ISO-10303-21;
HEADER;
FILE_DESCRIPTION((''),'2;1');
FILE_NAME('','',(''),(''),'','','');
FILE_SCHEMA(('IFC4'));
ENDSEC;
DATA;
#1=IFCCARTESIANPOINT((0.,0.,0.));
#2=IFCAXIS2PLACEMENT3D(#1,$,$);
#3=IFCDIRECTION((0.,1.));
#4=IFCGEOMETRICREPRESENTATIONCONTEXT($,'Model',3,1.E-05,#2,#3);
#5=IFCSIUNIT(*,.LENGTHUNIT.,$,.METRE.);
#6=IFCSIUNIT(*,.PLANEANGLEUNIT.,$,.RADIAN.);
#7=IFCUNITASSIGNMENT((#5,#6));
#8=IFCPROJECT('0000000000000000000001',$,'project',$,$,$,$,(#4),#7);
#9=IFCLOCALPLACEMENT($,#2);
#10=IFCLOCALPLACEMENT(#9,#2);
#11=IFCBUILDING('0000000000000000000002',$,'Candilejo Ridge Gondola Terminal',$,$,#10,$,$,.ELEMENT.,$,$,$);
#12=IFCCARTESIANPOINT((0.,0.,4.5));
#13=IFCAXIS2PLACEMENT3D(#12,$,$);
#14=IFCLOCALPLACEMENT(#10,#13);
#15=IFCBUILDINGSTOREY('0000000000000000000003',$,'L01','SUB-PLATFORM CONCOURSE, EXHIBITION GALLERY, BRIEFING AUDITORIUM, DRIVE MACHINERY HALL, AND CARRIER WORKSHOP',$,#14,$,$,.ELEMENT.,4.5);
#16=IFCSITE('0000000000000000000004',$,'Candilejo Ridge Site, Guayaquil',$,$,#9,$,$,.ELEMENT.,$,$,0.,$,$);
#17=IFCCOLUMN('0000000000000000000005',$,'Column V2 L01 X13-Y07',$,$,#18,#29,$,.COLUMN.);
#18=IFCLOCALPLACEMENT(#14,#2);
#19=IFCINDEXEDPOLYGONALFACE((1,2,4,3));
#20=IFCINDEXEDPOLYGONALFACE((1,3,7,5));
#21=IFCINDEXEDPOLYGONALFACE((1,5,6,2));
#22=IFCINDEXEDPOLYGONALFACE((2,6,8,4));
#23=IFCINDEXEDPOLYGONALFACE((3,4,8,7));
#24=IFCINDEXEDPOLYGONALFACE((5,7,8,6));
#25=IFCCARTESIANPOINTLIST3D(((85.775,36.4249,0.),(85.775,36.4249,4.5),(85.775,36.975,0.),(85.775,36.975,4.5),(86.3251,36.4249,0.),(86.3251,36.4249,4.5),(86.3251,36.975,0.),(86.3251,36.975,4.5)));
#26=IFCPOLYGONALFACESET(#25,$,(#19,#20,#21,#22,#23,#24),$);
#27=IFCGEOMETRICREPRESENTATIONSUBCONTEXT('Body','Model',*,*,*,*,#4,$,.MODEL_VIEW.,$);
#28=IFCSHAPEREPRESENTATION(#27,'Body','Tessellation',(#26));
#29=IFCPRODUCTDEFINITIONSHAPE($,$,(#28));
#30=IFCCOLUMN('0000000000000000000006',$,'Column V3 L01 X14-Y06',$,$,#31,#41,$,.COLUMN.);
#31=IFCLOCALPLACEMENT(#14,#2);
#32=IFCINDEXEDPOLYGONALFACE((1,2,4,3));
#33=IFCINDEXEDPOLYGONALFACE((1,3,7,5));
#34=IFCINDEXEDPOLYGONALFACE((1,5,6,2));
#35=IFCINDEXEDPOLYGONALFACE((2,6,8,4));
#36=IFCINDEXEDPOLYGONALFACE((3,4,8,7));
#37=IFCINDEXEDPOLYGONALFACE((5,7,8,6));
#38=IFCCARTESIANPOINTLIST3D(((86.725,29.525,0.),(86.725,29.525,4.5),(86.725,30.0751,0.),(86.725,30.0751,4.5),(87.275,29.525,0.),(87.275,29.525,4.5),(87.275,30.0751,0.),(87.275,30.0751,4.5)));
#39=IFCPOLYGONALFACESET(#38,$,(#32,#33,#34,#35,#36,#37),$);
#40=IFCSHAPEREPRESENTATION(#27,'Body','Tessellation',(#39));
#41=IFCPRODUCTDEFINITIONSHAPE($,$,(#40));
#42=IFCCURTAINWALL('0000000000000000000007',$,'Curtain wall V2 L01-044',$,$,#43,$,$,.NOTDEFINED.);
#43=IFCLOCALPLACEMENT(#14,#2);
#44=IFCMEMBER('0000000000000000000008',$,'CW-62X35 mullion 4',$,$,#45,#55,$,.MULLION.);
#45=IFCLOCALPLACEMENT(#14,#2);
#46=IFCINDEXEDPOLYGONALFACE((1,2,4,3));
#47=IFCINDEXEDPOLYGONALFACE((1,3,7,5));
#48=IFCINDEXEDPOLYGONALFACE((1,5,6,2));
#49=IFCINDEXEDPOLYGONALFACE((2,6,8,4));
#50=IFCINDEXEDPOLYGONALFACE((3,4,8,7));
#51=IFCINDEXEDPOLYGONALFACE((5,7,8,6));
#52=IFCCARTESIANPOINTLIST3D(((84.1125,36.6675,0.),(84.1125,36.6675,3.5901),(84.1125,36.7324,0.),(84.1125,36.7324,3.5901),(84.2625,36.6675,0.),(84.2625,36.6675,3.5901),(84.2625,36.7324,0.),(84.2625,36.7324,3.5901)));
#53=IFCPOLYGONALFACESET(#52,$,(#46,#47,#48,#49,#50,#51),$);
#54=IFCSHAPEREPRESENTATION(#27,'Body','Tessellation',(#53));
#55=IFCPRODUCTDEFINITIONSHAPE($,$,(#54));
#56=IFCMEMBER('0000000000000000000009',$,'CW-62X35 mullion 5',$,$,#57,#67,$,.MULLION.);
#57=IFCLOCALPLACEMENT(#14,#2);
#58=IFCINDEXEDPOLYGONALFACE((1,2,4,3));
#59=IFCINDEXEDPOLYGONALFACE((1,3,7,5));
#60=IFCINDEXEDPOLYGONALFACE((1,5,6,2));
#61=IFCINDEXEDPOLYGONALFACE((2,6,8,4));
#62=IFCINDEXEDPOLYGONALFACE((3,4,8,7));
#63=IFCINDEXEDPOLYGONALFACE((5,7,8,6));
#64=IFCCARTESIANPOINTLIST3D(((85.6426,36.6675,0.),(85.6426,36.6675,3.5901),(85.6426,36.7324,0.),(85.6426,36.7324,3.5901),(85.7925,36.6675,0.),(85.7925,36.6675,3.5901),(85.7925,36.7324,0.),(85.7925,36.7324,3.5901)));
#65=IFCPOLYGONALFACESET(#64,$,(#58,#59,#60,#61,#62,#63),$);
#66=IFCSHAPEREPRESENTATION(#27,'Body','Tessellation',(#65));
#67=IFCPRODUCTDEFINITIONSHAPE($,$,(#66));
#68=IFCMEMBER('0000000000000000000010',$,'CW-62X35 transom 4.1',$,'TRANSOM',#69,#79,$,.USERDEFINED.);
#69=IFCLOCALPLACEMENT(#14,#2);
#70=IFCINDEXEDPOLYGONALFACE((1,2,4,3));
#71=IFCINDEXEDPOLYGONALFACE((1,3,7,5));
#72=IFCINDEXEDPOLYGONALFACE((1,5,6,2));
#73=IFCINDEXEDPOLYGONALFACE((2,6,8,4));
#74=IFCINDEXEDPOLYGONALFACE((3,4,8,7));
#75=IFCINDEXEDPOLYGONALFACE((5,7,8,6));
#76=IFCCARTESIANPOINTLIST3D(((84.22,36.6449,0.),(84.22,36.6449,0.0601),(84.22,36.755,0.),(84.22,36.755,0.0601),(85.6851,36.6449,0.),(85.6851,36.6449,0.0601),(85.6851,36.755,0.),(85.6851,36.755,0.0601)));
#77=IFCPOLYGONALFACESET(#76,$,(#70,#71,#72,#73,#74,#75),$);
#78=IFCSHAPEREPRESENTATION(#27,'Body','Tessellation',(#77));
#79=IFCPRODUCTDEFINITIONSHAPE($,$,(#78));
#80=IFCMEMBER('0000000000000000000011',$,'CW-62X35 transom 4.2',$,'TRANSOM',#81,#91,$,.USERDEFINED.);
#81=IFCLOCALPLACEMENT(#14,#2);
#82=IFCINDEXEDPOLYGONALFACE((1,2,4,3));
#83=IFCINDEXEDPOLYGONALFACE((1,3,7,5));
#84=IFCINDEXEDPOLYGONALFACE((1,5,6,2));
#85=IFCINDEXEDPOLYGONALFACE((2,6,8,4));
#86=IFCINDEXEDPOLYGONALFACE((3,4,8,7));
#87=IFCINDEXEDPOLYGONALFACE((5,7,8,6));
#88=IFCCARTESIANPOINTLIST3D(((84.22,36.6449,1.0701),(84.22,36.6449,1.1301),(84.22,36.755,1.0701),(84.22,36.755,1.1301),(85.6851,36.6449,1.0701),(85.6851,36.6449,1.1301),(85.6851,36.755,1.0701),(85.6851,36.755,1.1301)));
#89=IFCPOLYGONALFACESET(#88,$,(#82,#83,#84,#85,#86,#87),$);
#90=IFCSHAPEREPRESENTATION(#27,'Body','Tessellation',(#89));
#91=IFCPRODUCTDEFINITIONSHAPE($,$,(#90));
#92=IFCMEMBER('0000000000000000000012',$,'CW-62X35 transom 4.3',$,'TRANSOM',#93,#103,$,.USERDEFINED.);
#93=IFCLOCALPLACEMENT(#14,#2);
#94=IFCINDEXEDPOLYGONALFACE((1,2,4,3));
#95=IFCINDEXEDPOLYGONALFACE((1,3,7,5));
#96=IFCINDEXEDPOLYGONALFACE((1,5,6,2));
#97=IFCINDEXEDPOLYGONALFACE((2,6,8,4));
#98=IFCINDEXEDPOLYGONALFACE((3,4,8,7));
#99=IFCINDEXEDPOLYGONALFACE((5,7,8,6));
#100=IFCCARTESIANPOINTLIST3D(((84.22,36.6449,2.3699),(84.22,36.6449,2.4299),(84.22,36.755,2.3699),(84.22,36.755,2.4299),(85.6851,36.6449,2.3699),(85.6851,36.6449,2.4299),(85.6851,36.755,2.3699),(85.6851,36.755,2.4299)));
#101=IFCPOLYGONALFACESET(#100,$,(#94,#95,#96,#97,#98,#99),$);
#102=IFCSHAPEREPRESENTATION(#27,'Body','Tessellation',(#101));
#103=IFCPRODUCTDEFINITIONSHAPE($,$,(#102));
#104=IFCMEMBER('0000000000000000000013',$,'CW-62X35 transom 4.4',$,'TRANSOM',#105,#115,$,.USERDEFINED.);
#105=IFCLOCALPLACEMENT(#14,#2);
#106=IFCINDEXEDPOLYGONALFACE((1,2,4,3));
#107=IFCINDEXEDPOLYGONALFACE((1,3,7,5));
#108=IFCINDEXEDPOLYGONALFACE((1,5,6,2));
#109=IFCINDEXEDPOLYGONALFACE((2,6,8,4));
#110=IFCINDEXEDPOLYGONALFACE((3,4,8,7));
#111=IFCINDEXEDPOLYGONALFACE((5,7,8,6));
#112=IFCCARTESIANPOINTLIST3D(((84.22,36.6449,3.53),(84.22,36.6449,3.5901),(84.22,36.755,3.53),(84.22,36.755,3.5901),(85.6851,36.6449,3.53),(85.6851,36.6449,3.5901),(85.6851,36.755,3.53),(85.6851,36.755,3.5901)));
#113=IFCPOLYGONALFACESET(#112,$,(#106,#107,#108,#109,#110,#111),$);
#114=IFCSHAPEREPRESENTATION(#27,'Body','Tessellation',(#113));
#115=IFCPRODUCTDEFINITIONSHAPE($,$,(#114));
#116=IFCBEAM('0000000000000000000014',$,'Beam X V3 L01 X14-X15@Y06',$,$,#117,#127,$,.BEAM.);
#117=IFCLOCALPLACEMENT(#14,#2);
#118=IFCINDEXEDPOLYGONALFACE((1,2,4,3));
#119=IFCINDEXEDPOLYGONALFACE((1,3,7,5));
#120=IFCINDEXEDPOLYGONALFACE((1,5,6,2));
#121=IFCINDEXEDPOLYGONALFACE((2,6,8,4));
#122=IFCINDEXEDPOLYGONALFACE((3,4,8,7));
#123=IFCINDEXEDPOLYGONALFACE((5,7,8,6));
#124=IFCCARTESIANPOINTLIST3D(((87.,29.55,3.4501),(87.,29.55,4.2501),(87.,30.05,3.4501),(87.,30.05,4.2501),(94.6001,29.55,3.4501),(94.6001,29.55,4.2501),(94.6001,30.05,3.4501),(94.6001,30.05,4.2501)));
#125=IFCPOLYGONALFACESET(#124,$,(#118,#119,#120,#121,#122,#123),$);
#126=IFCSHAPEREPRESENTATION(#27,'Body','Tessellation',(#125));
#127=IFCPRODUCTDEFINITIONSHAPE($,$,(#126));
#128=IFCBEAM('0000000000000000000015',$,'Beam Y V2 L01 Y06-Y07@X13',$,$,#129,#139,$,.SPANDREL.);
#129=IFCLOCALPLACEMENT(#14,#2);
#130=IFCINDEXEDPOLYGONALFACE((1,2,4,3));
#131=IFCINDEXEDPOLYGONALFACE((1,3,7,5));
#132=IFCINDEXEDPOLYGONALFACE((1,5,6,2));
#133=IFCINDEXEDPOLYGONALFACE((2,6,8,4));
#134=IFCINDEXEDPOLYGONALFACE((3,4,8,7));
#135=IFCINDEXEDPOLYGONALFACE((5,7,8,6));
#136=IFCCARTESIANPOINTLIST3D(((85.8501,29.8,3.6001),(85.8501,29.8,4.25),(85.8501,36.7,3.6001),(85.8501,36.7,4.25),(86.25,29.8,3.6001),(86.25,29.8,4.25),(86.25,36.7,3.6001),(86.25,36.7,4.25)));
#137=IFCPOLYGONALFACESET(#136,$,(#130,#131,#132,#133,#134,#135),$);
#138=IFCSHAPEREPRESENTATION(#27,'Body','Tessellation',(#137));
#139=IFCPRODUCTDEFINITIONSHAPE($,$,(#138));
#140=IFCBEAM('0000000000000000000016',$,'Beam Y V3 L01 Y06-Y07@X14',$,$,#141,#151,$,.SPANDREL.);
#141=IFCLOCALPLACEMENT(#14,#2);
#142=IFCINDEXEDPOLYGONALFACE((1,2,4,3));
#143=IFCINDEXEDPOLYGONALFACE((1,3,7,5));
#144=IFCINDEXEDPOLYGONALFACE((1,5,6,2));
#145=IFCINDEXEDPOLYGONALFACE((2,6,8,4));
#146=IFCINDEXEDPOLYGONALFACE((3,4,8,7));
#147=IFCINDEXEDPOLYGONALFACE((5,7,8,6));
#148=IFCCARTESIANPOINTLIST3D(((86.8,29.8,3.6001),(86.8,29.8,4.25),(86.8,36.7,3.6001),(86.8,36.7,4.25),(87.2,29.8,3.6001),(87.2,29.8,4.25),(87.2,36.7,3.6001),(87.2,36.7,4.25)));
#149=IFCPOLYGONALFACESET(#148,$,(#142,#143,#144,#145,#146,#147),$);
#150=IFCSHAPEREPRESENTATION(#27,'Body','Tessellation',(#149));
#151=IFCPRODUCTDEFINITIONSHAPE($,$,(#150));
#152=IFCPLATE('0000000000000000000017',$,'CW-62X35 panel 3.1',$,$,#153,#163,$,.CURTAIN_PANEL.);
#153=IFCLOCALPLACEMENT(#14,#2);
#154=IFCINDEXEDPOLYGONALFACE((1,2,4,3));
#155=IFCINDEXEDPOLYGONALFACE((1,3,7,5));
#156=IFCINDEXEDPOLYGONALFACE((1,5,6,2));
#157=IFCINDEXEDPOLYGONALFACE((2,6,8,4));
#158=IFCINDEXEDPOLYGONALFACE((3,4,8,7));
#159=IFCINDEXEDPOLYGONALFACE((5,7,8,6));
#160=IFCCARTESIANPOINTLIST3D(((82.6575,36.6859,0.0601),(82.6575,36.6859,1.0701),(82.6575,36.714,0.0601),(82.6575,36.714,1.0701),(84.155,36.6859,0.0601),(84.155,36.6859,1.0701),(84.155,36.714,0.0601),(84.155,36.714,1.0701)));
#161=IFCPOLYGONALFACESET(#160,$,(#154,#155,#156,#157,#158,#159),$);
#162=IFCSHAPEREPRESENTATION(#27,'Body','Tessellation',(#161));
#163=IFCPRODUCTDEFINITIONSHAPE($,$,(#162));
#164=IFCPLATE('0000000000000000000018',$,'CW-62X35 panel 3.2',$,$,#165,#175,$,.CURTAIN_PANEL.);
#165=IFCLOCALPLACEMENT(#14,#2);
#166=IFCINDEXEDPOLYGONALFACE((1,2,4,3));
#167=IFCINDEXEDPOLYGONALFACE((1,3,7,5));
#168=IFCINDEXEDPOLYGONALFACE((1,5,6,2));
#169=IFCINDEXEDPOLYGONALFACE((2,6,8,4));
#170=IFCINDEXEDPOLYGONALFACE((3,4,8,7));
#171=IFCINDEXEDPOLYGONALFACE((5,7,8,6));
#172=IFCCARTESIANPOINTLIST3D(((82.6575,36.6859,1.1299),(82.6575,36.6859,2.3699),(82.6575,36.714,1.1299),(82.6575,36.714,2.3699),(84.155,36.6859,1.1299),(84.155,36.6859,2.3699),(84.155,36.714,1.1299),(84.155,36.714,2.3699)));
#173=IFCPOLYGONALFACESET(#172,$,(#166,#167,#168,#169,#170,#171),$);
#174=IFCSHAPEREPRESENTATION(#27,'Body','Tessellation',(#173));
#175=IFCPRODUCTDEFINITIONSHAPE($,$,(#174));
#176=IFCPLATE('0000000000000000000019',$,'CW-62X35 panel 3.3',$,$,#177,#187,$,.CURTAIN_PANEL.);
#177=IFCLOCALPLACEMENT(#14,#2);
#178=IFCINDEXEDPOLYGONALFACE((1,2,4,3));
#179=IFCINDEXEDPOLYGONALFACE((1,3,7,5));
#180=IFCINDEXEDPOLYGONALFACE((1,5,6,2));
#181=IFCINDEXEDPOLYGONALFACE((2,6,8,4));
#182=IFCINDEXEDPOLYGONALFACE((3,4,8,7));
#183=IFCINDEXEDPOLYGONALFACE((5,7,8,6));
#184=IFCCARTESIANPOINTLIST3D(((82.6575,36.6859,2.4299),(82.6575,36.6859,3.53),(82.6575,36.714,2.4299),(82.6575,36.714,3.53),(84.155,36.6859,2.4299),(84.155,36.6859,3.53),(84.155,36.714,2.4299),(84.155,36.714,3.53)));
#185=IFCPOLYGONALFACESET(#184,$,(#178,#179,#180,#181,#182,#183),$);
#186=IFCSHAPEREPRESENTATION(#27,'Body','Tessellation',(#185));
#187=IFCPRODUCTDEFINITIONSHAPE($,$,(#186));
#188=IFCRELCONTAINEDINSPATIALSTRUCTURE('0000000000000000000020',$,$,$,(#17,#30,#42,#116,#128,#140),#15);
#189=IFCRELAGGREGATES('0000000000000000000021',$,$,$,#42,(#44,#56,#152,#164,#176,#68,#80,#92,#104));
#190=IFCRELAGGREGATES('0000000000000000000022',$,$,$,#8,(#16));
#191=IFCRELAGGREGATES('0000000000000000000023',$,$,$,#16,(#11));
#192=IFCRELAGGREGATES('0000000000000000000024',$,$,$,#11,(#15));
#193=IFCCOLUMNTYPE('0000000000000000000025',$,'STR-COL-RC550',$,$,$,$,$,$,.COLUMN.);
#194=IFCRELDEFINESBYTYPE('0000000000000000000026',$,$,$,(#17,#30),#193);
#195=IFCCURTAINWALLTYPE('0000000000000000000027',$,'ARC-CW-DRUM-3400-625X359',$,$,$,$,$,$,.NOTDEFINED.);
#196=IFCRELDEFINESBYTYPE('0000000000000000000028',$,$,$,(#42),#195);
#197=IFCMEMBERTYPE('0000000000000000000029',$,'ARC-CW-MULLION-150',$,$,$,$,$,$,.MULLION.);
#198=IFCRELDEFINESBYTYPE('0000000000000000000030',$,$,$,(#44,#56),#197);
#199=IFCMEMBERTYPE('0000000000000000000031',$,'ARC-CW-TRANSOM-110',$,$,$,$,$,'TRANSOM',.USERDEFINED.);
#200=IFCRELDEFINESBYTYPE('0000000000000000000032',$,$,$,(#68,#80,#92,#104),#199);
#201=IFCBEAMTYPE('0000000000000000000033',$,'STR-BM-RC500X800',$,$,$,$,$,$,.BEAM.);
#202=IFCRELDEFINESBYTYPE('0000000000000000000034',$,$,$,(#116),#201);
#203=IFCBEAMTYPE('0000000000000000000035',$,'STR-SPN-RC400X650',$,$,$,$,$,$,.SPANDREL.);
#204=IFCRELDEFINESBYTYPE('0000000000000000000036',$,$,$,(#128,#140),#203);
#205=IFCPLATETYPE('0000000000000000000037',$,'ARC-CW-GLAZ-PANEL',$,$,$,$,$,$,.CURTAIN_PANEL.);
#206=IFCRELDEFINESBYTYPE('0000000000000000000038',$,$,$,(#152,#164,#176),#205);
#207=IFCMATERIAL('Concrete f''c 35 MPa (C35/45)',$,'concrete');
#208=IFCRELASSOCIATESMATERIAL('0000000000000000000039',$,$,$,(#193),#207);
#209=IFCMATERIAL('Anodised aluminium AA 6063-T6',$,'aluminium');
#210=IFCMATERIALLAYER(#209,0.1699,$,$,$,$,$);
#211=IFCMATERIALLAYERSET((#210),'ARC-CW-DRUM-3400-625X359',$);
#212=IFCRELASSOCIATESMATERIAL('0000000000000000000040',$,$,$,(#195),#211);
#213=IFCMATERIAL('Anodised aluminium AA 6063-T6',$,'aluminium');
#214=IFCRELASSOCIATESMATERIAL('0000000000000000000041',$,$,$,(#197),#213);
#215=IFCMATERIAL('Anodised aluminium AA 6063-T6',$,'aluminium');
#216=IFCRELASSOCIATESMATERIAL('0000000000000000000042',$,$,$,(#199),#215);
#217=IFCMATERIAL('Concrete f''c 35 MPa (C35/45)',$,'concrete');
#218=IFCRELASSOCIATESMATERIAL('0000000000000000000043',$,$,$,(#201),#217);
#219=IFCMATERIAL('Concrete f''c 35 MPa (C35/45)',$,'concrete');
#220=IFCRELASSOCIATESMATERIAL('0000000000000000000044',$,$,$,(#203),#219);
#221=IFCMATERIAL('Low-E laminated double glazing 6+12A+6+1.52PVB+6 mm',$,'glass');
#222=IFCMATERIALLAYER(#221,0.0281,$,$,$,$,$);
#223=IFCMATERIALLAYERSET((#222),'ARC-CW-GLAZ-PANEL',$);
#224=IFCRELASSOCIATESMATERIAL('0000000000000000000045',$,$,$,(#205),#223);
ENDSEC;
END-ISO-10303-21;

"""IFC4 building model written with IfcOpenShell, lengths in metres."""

from ifc_helpers import new_model, si_unit, direction, frame, origin, origin_2d, place, context, subcontext, project, spatial, rectangle, extrude, material, layer, layer_set, material_profile, profile_set, type_object, element, aggregate, save


model = new_model("IFC4")

# Units and contexts
model_context = context("Model", 3, precision=1e-05, world=origin(), true_north=direction((0.0, 1.0)))
body_context = subcontext(model_context, "Body", "Model", "MODEL_VIEW")
ifc_project = project(units=[si_unit("LENGTHUNIT", "METRE"), si_unit("PLANEANGLEUNIT", "RADIAN")], contexts=[model_context])

# Site, building, storey
site_placement = place(None, origin())
site = spatial("IfcSite", under=ifc_project, at=site_placement, Name="Candilejo Ridge Site, Guayaquil", CompositionType="ELEMENT", RefElevation=0.0)
building_placement = place(site_placement, origin())
building = spatial("IfcBuilding", under=site, at=building_placement, Name="Candilejo Ridge Gondola Terminal", CompositionType="ELEMENT")
storey_placement = place(building_placement, frame((0.0, 0.0, 4.5)))
storey = spatial("IfcBuildingStorey", under=building, at=storey_placement, Name="L01", Description="SUB-PLATFORM CONCOURSE, EXHIBITION GALLERY, BRIEFING AUDITORIUM, DRIVE MACHINERY HALL, AND CARRIER WORKSHOP", CompositionType="ELEMENT", Elevation=4.5)

# Columns
ifc_material_1 = material(Name="Concrete f'c 35 MPa (C35/45)", Category="concrete")
ifc_material_profile_1 = material_profile(ifc_material_1, rectangle(XDim=0.55, YDim=0.55, at=origin_2d()))
ifc_profile_set_1 = profile_set([ifc_material_profile_1], Name="Concrete f'c 35 MPa (C35/45)")
column_type = type_object("IfcColumnType", Name="STR-COL-RC550", PredefinedType="COLUMN", material=ifc_profile_set_1)
for number, where, z_axis, x_axis, name in (
    (1, (86.05, 36.7, 0.0), (0.0, 0.0, 1.0), (1.0, 0.0, 0.0), "Column V2 L01 X13-Y07"),
    (2, (87.0, 29.8, 0.0), (0.0, 0.0, 1.0), (1.0, 0.0, 0.0), "Column V3 L01 X14-Y06"),
):
    element("IfcColumn", number, at=place(storey_placement, frame(where, z_axis=z_axis, x_axis=x_axis)), inside=storey, type_object=column_type, Name=name, PredefinedType="COLUMN", context=body_context, shape_type="SweptSolid", body=[
        extrude(rectangle(XDim=0.55, YDim=0.55, at=origin_2d()), origin(), (0.0, 0.0, 1.0), 4.5),
    ])

# Curtain wall, members
ifc_material_2 = material(Name="Anodised aluminium AA 6063-T6", Category="aluminium")
ifc_layer_1 = layer(ifc_material_2, 0.1699)
ifc_layer_set_1 = layer_set([ifc_layer_1], Name="ARC-CW-DRUM-3400-625X359")
curtain_wall_type = type_object("IfcCurtainWallType", Name="ARC-CW-DRUM-3400-625X359", PredefinedType="NOTDEFINED", material=ifc_layer_set_1)
curtain_wall_placement = place(storey_placement, origin())
curtain_wall = element("IfcCurtainWall", 3, at=curtain_wall_placement, inside=storey, type_object=curtain_wall_type, Name="Curtain wall V2 L01-044", PredefinedType="NOTDEFINED")
ifc_material_3 = material(Name="Anodised aluminium AA 6063-T6", Category="aluminium")
ifc_material_profile_2 = material_profile(ifc_material_3, rectangle(XDim=0.0649, YDim=0.1499, at=origin_2d()))
ifc_profile_set_2 = profile_set([ifc_material_profile_2], Name="Anodised aluminium AA 6063-T6")
member_type_1 = type_object("IfcMemberType", Name="ARC-CW-MULLION-150", PredefinedType="MULLION", material=ifc_profile_set_2)
member_1_placement = place(storey_placement, frame((84.1875, 36.7, 0.0), z_axis=(0.0, 0.0, 1.0), x_axis=(0.0, 1.0, 0.0)))
member_1 = element("IfcMember", 4, at=member_1_placement, type_object=member_type_1, Name="CW-62X35 mullion 4", PredefinedType="MULLION", context=body_context, shape_type="SweptSolid", body=[
    extrude(rectangle(XDim=0.0649, YDim=0.1499, at=origin_2d()), origin(), (0.0, 0.0, 1.0), 3.5901),
])
member_2_placement = place(storey_placement, frame((85.7175, 36.7, 0.0), z_axis=(0.0, 0.0, 1.0), x_axis=(0.0, 1.0, 0.0)))
member_2 = element("IfcMember", 5, at=member_2_placement, type_object=member_type_1, Name="CW-62X35 mullion 5", PredefinedType="MULLION", context=body_context, shape_type="SweptSolid", body=[
    extrude(rectangle(XDim=0.0649, YDim=0.1499, at=origin_2d()), origin(), (0.0, 0.0, 1.0), 3.5901),
])
ifc_material_4 = material(Name="Anodised aluminium AA 6063-T6", Category="aluminium")
ifc_material_profile_3 = material_profile(ifc_material_4, rectangle(XDim=0.1101, YDim=0.0601, at=origin_2d()))
ifc_profile_set_3 = profile_set([ifc_material_profile_3], Name="Anodised aluminium AA 6063-T6")
member_type_2 = type_object("IfcMemberType", Name="ARC-CW-TRANSOM-110", ElementType="TRANSOM", PredefinedType="USERDEFINED", material=ifc_profile_set_3)
member_3_placement = place(storey_placement, frame((84.22, 36.7, 0.03), z_axis=(1.0, 0.0, 0.0), x_axis=(0.0, 1.0, 0.0)))
member_3 = element("IfcMember", 6, at=member_3_placement, type_object=member_type_2, Name="CW-62X35 transom 4.1", ObjectType="TRANSOM", PredefinedType="USERDEFINED", context=body_context, shape_type="SweptSolid", body=[
    extrude(rectangle(XDim=0.1101, YDim=0.0601, at=origin_2d()), origin(), (0.0, 0.0, 1.0), 1.4651),
])
member_4_placement = place(storey_placement, frame((84.22, 36.7, 1.1001), z_axis=(1.0, 0.0, 0.0), x_axis=(0.0, 1.0, 0.0)))
member_4 = element("IfcMember", 7, at=member_4_placement, type_object=member_type_2, Name="CW-62X35 transom 4.2", ObjectType="TRANSOM", PredefinedType="USERDEFINED", context=body_context, shape_type="SweptSolid", body=[
    extrude(rectangle(XDim=0.1101, YDim=0.0601, at=origin_2d()), origin(), (0.0, 0.0, 1.0), 1.4651),
])
member_5_placement = place(storey_placement, frame((84.22, 36.7, 2.3999), z_axis=(1.0, 0.0, 0.0), x_axis=(0.0, 1.0, 0.0)))
member_5 = element("IfcMember", 8, at=member_5_placement, type_object=member_type_2, Name="CW-62X35 transom 4.3", ObjectType="TRANSOM", PredefinedType="USERDEFINED", context=body_context, shape_type="SweptSolid", body=[
    extrude(rectangle(XDim=0.1101, YDim=0.0601, at=origin_2d()), origin(), (0.0, 0.0, 1.0), 1.4651),
])
member_6_placement = place(storey_placement, frame((84.22, 36.7, 3.5601), z_axis=(1.0, 0.0, 0.0), x_axis=(0.0, 1.0, 0.0)))
member_6 = element("IfcMember", 9, at=member_6_placement, type_object=member_type_2, Name="CW-62X35 transom 4.4", ObjectType="TRANSOM", PredefinedType="USERDEFINED", context=body_context, shape_type="SweptSolid", body=[
    extrude(rectangle(XDim=0.1101, YDim=0.0601, at=origin_2d()), origin(), (0.0, 0.0, 1.0), 1.4651),
])

# Beams
ifc_material_5 = material(Name="Concrete f'c 35 MPa (C35/45)", Category="concrete")
ifc_material_profile_4 = material_profile(ifc_material_5, rectangle(XDim=0.5, YDim=0.8, at=origin_2d()))
ifc_profile_set_4 = profile_set([ifc_material_profile_4], Name="Concrete f'c 35 MPa (C35/45)")
beam_type_1 = type_object("IfcBeamType", Name="STR-BM-RC500X800", PredefinedType="BEAM", material=ifc_profile_set_4)
beam_placement = place(storey_placement, frame((87.0, 29.8, 3.8501), z_axis=(1.0, 0.0, 0.0), x_axis=(0.0, 1.0, 0.0)))
element("IfcBeam", 10, at=beam_placement, inside=storey, type_object=beam_type_1, Name="Beam X V3 L01 X14-X15@Y06", PredefinedType="BEAM", context=body_context, shape_type="SweptSolid", body=[
    extrude(rectangle(XDim=0.5, YDim=0.8, at=origin_2d()), origin(), (0.0, 0.0, 1.0), 7.6001),
])
ifc_material_6 = material(Name="Concrete f'c 35 MPa (C35/45)", Category="concrete")
ifc_material_profile_5 = material_profile(ifc_material_6, rectangle(XDim=0.3999, YDim=0.6499, at=origin_2d()))
ifc_profile_set_5 = profile_set([ifc_material_profile_5], Name="Concrete f'c 35 MPa (C35/45)")
beam_type_2 = type_object("IfcBeamType", Name="STR-SPN-RC400X650", PredefinedType="SPANDREL", material=ifc_profile_set_5)
for number, where, z_axis, x_axis, name in (
    (11, (86.05, 29.8, 3.925), (0.0, 1.0, 0.0), (-1.0, 0.0, 0.0), "Beam Y V2 L01 Y06-Y07@X13"),
    (12, (87.0, 29.8, 3.925), (0.0, 1.0, 0.0), (-1.0, 0.0, 0.0), "Beam Y V3 L01 Y06-Y07@X14"),
):
    element("IfcBeam", number, at=place(storey_placement, frame(where, z_axis=z_axis, x_axis=x_axis)), inside=storey, type_object=beam_type_2, Name=name, PredefinedType="SPANDREL", context=body_context, shape_type="SweptSolid", body=[
        extrude(rectangle(XDim=0.3999, YDim=0.6499, at=origin_2d()), origin(), (0.0, 0.0, 1.0), 6.8999),
    ])

# Plates
ifc_material_7 = material(Name="Low-E laminated double glazing 6+12A+6+1.52PVB+6 mm", Category="glass")
ifc_layer_2 = layer(ifc_material_7, 0.0281)
ifc_layer_set_2 = layer_set([ifc_layer_2], Name="ARC-CW-GLAZ-PANEL")
plate_type = type_object("IfcPlateType", Name="ARC-CW-GLAZ-PANEL", PredefinedType="CURTAIN_PANEL", material=ifc_layer_set_2)
plate_1_placement = place(storey_placement, frame((83.4062, 36.7, 0.0601), z_axis=(0.0, 0.0, 1.0), x_axis=(1.0, 0.0, 0.0)))
plate_1 = element("IfcPlate", 13, at=plate_1_placement, type_object=plate_type, Name="CW-62X35 panel 3.1", PredefinedType="CURTAIN_PANEL", context=body_context, shape_type="SweptSolid", body=[
    extrude(rectangle(XDim=1.4976, YDim=0.0281, at=origin_2d()), origin(), (0.0, 0.0, 1.0), 1.01),
])
plate_2_placement = place(storey_placement, frame((83.4062, 36.7, 1.1299), z_axis=(0.0, 0.0, 1.0), x_axis=(1.0, 0.0, 0.0)))
plate_2 = element("IfcPlate", 14, at=plate_2_placement, type_object=plate_type, Name="CW-62X35 panel 3.2", PredefinedType="CURTAIN_PANEL", context=body_context, shape_type="SweptSolid", body=[
    extrude(rectangle(XDim=1.4976, YDim=0.0281, at=origin_2d()), origin(), (0.0, 0.0, 1.0), 1.24),
])
plate_3_placement = place(storey_placement, frame((83.4062, 36.7, 2.4299), z_axis=(0.0, 0.0, 1.0), x_axis=(1.0, 0.0, 0.0)))
plate_3 = element("IfcPlate", 15, at=plate_3_placement, type_object=plate_type, Name="CW-62X35 panel 3.3", PredefinedType="CURTAIN_PANEL", context=body_context, shape_type="SweptSolid", body=[
    extrude(rectangle(XDim=1.4976, YDim=0.0281, at=origin_2d()), origin(), (0.0, 0.0, 1.0), 1.1001),
])
aggregate(curtain_wall, [member_1, member_2, plate_1, plate_2, plate_3, member_3, member_4, member_5, member_6])

save(model, "model.ifc")
